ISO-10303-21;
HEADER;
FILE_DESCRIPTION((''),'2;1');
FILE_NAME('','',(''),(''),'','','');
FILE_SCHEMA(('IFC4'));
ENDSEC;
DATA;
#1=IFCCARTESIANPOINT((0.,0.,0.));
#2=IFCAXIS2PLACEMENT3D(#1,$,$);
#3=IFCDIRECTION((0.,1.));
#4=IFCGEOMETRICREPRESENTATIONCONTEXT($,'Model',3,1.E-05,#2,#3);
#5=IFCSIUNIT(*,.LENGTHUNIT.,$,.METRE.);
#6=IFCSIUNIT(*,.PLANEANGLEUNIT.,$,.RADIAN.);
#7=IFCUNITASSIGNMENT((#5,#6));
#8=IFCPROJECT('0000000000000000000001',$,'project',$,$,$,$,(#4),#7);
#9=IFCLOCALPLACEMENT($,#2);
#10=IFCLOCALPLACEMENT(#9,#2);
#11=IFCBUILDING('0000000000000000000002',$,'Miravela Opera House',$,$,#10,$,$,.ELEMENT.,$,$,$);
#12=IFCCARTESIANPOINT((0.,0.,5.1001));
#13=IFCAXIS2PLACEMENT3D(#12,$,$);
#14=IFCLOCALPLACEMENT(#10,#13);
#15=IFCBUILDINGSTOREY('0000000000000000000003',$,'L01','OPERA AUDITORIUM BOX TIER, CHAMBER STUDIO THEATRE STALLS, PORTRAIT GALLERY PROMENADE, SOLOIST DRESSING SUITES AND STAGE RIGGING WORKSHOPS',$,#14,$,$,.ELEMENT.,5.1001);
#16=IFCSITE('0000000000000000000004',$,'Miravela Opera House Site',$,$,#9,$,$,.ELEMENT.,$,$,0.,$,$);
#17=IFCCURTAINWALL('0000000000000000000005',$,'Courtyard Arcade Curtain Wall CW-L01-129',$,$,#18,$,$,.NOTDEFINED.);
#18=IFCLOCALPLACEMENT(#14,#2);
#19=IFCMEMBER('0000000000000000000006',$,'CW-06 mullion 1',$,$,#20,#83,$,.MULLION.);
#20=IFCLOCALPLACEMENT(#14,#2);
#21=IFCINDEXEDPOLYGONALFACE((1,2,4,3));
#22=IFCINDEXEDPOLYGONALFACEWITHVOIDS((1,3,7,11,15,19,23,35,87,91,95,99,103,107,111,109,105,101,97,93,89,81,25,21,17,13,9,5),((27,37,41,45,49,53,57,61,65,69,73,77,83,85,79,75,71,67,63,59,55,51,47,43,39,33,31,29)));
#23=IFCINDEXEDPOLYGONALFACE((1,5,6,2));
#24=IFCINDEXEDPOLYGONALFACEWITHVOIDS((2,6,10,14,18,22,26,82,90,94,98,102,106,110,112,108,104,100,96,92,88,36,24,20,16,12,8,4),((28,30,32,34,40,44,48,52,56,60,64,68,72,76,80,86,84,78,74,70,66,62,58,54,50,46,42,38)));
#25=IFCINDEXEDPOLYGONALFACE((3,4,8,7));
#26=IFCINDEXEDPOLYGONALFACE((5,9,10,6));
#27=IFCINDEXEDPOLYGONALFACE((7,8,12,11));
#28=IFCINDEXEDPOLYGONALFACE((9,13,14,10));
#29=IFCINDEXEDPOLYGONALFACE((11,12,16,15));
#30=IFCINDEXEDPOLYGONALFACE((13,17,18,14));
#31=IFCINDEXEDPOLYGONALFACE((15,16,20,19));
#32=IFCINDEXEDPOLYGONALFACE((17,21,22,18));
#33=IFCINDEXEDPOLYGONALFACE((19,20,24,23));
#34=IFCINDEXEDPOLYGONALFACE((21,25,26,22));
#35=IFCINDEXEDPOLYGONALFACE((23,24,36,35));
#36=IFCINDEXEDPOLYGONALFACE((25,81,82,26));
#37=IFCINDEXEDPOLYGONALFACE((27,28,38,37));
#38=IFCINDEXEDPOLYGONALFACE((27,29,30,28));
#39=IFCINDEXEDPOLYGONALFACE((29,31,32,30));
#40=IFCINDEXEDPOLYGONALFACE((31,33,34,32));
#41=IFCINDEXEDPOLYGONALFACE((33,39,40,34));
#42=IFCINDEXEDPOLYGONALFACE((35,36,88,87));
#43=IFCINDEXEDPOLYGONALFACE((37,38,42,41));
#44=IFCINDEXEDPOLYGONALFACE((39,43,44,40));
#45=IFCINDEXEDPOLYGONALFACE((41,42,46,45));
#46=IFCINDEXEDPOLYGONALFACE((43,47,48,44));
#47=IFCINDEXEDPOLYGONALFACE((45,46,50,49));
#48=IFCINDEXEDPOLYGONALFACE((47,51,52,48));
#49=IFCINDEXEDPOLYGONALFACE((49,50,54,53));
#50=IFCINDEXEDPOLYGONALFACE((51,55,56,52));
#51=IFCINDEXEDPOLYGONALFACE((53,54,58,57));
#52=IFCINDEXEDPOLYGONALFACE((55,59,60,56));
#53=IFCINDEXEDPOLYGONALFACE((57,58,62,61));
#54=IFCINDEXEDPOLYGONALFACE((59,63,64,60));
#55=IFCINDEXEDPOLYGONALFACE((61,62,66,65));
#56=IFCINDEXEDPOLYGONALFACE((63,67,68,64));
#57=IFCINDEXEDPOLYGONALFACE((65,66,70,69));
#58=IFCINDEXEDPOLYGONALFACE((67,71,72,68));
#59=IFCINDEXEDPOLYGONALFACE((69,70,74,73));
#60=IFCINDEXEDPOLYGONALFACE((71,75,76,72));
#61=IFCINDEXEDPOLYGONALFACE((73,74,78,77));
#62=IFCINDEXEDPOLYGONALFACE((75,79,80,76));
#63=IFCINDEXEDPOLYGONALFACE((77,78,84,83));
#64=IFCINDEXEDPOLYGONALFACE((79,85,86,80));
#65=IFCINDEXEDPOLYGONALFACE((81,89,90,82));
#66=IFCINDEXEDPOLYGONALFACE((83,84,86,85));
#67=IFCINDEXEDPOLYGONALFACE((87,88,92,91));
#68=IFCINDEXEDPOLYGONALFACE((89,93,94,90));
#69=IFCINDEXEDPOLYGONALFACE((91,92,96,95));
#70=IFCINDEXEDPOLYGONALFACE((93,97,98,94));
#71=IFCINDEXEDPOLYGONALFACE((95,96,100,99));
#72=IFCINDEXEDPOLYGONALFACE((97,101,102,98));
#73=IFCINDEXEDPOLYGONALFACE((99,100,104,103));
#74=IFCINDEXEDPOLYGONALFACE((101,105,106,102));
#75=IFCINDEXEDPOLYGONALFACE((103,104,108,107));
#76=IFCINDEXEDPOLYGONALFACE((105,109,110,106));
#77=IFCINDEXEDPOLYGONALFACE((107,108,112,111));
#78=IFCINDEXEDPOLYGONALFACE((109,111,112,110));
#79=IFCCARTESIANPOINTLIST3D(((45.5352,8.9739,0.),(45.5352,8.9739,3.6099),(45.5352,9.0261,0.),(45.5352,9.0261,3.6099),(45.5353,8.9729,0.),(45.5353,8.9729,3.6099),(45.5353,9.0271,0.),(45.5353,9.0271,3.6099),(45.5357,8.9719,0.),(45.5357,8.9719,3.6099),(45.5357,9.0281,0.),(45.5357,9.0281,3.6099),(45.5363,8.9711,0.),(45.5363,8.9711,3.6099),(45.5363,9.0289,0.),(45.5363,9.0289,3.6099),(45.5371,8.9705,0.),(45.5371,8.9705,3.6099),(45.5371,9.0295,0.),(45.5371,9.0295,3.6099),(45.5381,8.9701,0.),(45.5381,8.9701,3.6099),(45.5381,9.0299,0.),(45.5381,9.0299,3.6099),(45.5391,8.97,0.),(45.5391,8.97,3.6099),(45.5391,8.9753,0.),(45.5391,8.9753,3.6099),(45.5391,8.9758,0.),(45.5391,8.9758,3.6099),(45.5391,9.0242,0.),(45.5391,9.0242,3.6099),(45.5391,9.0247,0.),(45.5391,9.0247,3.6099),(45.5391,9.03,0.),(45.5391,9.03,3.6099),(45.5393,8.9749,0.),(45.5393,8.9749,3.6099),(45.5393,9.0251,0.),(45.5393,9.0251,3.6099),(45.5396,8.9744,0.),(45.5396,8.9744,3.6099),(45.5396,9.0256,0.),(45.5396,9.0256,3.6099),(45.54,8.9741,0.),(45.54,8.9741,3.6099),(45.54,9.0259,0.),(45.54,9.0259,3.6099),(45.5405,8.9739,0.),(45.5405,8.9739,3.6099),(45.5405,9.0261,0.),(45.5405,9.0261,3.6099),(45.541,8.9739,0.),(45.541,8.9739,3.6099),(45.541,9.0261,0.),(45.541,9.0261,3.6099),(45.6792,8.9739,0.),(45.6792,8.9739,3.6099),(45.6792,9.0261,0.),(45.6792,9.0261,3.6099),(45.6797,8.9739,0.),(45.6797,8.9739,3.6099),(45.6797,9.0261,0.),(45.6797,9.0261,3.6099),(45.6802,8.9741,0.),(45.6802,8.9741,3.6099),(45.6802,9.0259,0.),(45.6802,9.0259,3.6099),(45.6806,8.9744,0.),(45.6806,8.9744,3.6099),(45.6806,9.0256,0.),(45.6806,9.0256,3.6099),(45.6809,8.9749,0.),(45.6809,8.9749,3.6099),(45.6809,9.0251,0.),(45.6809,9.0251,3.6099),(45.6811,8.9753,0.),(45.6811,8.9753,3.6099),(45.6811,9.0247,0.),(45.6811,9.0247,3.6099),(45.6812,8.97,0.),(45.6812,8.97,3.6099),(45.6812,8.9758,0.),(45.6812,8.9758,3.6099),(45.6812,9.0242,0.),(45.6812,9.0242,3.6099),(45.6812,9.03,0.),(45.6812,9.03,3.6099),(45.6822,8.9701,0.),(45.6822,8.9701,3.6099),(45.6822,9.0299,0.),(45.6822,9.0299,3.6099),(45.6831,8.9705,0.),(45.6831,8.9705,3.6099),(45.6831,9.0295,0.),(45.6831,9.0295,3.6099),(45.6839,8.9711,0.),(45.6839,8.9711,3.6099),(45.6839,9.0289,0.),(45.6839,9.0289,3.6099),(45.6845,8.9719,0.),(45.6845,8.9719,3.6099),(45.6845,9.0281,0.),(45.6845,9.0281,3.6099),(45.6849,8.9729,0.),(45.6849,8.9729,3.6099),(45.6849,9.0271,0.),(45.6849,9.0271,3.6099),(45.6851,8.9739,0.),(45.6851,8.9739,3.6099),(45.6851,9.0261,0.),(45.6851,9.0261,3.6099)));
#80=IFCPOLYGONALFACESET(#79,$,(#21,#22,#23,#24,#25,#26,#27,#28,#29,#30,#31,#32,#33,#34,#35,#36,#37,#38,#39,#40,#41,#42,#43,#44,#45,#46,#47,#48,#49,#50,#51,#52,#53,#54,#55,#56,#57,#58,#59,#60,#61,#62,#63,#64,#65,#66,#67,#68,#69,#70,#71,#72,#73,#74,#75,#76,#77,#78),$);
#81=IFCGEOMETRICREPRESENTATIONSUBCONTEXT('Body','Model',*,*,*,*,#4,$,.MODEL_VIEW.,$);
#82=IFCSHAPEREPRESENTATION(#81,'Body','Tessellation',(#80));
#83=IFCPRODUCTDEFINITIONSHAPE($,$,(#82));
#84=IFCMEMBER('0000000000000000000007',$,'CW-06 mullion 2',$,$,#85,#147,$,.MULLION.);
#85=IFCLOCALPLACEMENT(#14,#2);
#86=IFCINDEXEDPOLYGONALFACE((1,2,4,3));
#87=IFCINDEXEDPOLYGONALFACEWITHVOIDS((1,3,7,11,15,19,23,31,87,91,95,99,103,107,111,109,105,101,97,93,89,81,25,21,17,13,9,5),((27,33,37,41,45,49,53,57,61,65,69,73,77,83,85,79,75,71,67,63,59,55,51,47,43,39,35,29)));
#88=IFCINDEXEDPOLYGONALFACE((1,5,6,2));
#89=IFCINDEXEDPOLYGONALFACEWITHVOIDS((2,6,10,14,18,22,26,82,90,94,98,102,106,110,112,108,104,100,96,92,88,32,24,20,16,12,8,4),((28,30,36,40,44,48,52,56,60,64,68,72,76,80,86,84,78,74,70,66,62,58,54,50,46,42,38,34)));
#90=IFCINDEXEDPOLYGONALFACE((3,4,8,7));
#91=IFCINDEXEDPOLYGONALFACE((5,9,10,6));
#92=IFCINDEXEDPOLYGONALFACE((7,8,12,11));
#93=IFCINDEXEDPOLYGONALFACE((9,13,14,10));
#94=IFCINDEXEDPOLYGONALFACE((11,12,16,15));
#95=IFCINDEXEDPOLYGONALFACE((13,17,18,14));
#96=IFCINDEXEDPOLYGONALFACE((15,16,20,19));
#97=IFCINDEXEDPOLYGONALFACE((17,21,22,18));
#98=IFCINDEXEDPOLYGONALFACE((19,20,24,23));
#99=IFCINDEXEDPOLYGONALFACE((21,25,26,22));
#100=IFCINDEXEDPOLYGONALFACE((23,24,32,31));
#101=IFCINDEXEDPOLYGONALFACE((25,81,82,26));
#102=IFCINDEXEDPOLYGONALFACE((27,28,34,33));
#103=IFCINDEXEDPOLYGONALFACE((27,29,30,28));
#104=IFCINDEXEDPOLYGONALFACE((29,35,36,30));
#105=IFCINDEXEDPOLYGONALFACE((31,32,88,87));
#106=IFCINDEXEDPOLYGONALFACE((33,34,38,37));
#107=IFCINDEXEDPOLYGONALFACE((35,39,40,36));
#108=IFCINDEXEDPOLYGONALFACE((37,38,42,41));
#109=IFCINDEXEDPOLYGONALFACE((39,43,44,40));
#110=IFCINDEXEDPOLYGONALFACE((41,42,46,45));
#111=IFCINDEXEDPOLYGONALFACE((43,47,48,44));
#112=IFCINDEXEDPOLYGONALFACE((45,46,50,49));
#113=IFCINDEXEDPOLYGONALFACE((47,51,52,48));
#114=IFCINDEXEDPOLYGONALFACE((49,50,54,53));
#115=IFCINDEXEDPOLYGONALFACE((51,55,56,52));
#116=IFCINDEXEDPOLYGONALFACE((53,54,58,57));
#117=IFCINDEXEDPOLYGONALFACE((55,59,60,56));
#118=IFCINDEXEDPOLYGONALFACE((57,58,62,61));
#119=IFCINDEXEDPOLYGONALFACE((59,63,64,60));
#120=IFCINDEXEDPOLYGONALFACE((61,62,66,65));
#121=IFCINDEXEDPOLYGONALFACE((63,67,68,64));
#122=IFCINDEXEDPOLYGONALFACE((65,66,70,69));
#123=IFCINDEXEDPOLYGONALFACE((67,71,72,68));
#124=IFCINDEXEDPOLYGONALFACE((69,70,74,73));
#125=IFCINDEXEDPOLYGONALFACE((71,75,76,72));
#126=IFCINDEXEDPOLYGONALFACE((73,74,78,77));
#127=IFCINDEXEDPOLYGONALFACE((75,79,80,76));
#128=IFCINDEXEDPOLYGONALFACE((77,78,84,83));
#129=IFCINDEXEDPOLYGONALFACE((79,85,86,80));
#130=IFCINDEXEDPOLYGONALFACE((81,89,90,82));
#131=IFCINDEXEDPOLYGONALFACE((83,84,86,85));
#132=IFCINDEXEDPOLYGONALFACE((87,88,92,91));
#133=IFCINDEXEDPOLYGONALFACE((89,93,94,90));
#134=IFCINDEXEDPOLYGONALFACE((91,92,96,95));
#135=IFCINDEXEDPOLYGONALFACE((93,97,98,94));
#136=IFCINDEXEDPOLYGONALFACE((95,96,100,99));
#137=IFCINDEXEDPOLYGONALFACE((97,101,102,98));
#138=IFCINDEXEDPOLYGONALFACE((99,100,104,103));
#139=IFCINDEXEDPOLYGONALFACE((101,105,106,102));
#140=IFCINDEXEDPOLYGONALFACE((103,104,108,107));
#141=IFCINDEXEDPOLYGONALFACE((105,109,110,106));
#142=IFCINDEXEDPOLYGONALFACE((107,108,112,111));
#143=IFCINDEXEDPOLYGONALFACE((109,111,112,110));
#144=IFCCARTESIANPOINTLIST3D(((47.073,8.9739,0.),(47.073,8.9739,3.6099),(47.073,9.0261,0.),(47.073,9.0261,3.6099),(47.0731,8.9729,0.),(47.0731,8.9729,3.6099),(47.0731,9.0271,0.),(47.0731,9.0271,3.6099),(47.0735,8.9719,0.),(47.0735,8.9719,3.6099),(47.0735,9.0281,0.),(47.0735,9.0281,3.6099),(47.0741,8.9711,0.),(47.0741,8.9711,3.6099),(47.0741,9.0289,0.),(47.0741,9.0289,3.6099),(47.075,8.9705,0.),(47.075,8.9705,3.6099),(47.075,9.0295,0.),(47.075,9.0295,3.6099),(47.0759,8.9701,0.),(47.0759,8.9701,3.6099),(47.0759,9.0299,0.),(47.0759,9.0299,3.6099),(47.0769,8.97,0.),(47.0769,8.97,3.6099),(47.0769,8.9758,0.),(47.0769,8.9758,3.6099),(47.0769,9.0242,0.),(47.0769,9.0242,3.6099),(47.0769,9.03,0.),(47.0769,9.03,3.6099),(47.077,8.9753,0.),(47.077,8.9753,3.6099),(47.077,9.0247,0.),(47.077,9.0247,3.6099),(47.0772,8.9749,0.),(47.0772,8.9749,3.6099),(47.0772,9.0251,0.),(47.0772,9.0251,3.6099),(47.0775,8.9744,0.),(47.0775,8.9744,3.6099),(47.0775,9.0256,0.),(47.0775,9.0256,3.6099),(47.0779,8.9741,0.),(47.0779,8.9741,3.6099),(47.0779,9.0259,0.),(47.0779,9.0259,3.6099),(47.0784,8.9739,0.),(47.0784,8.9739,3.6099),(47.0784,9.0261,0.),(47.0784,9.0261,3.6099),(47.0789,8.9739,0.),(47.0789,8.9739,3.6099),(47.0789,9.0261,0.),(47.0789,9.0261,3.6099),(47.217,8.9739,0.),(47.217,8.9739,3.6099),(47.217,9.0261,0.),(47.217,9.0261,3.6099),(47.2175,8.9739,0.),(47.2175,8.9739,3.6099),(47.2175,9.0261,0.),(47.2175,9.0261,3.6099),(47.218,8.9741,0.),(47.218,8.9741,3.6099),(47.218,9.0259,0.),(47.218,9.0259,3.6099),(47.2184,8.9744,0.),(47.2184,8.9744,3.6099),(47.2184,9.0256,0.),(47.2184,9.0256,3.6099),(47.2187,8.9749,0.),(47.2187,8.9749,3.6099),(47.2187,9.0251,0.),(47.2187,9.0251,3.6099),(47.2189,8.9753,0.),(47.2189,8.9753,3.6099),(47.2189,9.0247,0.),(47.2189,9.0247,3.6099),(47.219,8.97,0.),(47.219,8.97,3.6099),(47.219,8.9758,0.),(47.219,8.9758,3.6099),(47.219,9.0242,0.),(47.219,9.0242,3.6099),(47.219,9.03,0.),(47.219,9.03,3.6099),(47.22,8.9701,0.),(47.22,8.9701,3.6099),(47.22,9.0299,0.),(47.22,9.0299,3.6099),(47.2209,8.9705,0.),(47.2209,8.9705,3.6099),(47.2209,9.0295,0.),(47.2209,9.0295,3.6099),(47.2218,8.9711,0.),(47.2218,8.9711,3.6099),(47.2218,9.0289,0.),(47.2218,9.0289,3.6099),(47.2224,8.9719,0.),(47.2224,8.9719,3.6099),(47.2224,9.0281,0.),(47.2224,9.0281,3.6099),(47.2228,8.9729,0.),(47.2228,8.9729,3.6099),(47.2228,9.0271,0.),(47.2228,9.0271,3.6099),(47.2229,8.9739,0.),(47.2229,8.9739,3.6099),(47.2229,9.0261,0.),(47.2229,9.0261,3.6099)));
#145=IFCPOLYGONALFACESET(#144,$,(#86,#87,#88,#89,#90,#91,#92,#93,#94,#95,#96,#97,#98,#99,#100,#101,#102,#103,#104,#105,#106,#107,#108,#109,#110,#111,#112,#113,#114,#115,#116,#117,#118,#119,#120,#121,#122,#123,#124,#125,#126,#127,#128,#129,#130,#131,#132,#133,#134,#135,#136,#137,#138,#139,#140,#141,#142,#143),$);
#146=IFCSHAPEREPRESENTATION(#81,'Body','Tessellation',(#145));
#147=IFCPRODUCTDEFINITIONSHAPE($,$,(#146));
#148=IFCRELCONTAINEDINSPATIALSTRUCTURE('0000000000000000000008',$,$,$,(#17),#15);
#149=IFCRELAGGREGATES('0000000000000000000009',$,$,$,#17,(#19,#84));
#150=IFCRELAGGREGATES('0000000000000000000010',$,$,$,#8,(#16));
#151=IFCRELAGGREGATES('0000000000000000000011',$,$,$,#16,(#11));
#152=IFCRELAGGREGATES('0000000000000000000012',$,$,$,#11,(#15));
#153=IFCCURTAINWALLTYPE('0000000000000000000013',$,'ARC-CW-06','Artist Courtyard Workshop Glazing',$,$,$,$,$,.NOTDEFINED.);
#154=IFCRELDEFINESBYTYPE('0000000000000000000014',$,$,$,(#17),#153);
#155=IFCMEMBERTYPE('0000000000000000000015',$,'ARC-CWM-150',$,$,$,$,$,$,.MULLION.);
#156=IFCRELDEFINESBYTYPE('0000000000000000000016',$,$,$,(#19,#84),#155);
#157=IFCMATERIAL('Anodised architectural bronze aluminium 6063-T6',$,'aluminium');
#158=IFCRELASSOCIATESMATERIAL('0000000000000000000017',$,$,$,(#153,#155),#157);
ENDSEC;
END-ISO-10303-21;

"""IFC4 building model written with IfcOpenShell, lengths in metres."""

from ifc_helpers import new_model, si_unit, direction, frame, origin, origin_2d, place, context, subcontext, project, spatial, hollow_rectangle, extrude, material, material_profile, profile_set, type_object, element, aggregate, save


model = new_model("IFC4")

# Units and contexts
model_context = context("Model", 3, precision=1e-05, world=origin(), true_north=direction((0.0, 1.0)))
body_context = subcontext(model_context, "Body", "Model", "MODEL_VIEW")
ifc_project = project(units=[si_unit("LENGTHUNIT", "METRE"), si_unit("PLANEANGLEUNIT", "RADIAN")], contexts=[model_context])

# Site, building, storey
site_placement = place(None, origin())
site = spatial("IfcSite", under=ifc_project, at=site_placement, Name="Miravela Opera House Site", CompositionType="ELEMENT", RefElevation=0.0)
building_placement = place(site_placement, origin())
building = spatial("IfcBuilding", under=site, at=building_placement, Name="Miravela Opera House", CompositionType="ELEMENT")
storey_placement = place(building_placement, frame((0.0, 0.0, 5.1001)))
storey = spatial("IfcBuildingStorey", under=building, at=storey_placement, Name="L01", Description="OPERA AUDITORIUM BOX TIER, CHAMBER STUDIO THEATRE STALLS, PORTRAIT GALLERY PROMENADE, SOLOIST DRESSING SUITES AND STAGE RIGGING WORKSHOPS", CompositionType="ELEMENT", Elevation=5.1001)

# Curtain wall, members
ifc_material_1 = material(Name="Anodised architectural bronze aluminium 6063-T6", Category="aluminium")
curtain_wall_type = type_object("IfcCurtainWallType", Name="ARC-CW-06", Description="Artist Courtyard Workshop Glazing", PredefinedType="NOTDEFINED", material=ifc_material_1)
curtain_wall_placement = place(storey_placement, origin())
curtain_wall = element("IfcCurtainWall", 1, at=curtain_wall_placement, inside=storey, type_object=curtain_wall_type, Name="Courtyard Arcade Curtain Wall CW-L01-129", PredefinedType="NOTDEFINED")
ifc_material_profile_1 = material_profile(ifc_material_1, hollow_rectangle(XDim=0.0601, YDim=0.1499, WallThickness=0.0039, InnerFilletRadius=0.002, OuterFilletRadius=0.0039, at=origin_2d()), Name="CWM-60X150")
ifc_profile_set_1 = profile_set([ifc_material_profile_1])
member_type_1 = type_object("IfcMemberType", Name="ARC-CWM-150", PredefinedType="MULLION", material=ifc_profile_set_1)
member_1_placement = place(storey_placement, frame((45.6101, 9.0, 0.0), z_axis=(0.0, 0.0, 1.0), x_axis=(0.0, 1.0, 0.0)))
member_1 = element("IfcMember", 2, at=member_1_placement, type_object=member_type_1, Name="CW-06 mullion 1", PredefinedType="MULLION", context=body_context, shape_type="SweptSolid", body=[
    extrude(hollow_rectangle(XDim=0.0601, YDim=0.1499, WallThickness=0.0039, InnerFilletRadius=0.002, OuterFilletRadius=0.0039, at=origin_2d()), origin(), (0.0, 0.0, 1.0), 3.6099),
])
member_2_placement = place(storey_placement, frame((47.1479, 9.0, 0.0), z_axis=(0.0, 0.0, 1.0), x_axis=(0.0, 1.0, 0.0)))
member_2 = element("IfcMember", 3, at=member_2_placement, type_object=member_type_1, Name="CW-06 mullion 2", PredefinedType="MULLION", context=body_context, shape_type="SweptSolid", body=[
    extrude(hollow_rectangle(XDim=0.0601, YDim=0.1499, WallThickness=0.0039, InnerFilletRadius=0.002, OuterFilletRadius=0.0039, at=origin_2d()), origin(), (0.0, 0.0, 1.0), 3.6099),
])

aggregate(curtain_wall, [member_1, member_2])

save(model, "model.ifc")
